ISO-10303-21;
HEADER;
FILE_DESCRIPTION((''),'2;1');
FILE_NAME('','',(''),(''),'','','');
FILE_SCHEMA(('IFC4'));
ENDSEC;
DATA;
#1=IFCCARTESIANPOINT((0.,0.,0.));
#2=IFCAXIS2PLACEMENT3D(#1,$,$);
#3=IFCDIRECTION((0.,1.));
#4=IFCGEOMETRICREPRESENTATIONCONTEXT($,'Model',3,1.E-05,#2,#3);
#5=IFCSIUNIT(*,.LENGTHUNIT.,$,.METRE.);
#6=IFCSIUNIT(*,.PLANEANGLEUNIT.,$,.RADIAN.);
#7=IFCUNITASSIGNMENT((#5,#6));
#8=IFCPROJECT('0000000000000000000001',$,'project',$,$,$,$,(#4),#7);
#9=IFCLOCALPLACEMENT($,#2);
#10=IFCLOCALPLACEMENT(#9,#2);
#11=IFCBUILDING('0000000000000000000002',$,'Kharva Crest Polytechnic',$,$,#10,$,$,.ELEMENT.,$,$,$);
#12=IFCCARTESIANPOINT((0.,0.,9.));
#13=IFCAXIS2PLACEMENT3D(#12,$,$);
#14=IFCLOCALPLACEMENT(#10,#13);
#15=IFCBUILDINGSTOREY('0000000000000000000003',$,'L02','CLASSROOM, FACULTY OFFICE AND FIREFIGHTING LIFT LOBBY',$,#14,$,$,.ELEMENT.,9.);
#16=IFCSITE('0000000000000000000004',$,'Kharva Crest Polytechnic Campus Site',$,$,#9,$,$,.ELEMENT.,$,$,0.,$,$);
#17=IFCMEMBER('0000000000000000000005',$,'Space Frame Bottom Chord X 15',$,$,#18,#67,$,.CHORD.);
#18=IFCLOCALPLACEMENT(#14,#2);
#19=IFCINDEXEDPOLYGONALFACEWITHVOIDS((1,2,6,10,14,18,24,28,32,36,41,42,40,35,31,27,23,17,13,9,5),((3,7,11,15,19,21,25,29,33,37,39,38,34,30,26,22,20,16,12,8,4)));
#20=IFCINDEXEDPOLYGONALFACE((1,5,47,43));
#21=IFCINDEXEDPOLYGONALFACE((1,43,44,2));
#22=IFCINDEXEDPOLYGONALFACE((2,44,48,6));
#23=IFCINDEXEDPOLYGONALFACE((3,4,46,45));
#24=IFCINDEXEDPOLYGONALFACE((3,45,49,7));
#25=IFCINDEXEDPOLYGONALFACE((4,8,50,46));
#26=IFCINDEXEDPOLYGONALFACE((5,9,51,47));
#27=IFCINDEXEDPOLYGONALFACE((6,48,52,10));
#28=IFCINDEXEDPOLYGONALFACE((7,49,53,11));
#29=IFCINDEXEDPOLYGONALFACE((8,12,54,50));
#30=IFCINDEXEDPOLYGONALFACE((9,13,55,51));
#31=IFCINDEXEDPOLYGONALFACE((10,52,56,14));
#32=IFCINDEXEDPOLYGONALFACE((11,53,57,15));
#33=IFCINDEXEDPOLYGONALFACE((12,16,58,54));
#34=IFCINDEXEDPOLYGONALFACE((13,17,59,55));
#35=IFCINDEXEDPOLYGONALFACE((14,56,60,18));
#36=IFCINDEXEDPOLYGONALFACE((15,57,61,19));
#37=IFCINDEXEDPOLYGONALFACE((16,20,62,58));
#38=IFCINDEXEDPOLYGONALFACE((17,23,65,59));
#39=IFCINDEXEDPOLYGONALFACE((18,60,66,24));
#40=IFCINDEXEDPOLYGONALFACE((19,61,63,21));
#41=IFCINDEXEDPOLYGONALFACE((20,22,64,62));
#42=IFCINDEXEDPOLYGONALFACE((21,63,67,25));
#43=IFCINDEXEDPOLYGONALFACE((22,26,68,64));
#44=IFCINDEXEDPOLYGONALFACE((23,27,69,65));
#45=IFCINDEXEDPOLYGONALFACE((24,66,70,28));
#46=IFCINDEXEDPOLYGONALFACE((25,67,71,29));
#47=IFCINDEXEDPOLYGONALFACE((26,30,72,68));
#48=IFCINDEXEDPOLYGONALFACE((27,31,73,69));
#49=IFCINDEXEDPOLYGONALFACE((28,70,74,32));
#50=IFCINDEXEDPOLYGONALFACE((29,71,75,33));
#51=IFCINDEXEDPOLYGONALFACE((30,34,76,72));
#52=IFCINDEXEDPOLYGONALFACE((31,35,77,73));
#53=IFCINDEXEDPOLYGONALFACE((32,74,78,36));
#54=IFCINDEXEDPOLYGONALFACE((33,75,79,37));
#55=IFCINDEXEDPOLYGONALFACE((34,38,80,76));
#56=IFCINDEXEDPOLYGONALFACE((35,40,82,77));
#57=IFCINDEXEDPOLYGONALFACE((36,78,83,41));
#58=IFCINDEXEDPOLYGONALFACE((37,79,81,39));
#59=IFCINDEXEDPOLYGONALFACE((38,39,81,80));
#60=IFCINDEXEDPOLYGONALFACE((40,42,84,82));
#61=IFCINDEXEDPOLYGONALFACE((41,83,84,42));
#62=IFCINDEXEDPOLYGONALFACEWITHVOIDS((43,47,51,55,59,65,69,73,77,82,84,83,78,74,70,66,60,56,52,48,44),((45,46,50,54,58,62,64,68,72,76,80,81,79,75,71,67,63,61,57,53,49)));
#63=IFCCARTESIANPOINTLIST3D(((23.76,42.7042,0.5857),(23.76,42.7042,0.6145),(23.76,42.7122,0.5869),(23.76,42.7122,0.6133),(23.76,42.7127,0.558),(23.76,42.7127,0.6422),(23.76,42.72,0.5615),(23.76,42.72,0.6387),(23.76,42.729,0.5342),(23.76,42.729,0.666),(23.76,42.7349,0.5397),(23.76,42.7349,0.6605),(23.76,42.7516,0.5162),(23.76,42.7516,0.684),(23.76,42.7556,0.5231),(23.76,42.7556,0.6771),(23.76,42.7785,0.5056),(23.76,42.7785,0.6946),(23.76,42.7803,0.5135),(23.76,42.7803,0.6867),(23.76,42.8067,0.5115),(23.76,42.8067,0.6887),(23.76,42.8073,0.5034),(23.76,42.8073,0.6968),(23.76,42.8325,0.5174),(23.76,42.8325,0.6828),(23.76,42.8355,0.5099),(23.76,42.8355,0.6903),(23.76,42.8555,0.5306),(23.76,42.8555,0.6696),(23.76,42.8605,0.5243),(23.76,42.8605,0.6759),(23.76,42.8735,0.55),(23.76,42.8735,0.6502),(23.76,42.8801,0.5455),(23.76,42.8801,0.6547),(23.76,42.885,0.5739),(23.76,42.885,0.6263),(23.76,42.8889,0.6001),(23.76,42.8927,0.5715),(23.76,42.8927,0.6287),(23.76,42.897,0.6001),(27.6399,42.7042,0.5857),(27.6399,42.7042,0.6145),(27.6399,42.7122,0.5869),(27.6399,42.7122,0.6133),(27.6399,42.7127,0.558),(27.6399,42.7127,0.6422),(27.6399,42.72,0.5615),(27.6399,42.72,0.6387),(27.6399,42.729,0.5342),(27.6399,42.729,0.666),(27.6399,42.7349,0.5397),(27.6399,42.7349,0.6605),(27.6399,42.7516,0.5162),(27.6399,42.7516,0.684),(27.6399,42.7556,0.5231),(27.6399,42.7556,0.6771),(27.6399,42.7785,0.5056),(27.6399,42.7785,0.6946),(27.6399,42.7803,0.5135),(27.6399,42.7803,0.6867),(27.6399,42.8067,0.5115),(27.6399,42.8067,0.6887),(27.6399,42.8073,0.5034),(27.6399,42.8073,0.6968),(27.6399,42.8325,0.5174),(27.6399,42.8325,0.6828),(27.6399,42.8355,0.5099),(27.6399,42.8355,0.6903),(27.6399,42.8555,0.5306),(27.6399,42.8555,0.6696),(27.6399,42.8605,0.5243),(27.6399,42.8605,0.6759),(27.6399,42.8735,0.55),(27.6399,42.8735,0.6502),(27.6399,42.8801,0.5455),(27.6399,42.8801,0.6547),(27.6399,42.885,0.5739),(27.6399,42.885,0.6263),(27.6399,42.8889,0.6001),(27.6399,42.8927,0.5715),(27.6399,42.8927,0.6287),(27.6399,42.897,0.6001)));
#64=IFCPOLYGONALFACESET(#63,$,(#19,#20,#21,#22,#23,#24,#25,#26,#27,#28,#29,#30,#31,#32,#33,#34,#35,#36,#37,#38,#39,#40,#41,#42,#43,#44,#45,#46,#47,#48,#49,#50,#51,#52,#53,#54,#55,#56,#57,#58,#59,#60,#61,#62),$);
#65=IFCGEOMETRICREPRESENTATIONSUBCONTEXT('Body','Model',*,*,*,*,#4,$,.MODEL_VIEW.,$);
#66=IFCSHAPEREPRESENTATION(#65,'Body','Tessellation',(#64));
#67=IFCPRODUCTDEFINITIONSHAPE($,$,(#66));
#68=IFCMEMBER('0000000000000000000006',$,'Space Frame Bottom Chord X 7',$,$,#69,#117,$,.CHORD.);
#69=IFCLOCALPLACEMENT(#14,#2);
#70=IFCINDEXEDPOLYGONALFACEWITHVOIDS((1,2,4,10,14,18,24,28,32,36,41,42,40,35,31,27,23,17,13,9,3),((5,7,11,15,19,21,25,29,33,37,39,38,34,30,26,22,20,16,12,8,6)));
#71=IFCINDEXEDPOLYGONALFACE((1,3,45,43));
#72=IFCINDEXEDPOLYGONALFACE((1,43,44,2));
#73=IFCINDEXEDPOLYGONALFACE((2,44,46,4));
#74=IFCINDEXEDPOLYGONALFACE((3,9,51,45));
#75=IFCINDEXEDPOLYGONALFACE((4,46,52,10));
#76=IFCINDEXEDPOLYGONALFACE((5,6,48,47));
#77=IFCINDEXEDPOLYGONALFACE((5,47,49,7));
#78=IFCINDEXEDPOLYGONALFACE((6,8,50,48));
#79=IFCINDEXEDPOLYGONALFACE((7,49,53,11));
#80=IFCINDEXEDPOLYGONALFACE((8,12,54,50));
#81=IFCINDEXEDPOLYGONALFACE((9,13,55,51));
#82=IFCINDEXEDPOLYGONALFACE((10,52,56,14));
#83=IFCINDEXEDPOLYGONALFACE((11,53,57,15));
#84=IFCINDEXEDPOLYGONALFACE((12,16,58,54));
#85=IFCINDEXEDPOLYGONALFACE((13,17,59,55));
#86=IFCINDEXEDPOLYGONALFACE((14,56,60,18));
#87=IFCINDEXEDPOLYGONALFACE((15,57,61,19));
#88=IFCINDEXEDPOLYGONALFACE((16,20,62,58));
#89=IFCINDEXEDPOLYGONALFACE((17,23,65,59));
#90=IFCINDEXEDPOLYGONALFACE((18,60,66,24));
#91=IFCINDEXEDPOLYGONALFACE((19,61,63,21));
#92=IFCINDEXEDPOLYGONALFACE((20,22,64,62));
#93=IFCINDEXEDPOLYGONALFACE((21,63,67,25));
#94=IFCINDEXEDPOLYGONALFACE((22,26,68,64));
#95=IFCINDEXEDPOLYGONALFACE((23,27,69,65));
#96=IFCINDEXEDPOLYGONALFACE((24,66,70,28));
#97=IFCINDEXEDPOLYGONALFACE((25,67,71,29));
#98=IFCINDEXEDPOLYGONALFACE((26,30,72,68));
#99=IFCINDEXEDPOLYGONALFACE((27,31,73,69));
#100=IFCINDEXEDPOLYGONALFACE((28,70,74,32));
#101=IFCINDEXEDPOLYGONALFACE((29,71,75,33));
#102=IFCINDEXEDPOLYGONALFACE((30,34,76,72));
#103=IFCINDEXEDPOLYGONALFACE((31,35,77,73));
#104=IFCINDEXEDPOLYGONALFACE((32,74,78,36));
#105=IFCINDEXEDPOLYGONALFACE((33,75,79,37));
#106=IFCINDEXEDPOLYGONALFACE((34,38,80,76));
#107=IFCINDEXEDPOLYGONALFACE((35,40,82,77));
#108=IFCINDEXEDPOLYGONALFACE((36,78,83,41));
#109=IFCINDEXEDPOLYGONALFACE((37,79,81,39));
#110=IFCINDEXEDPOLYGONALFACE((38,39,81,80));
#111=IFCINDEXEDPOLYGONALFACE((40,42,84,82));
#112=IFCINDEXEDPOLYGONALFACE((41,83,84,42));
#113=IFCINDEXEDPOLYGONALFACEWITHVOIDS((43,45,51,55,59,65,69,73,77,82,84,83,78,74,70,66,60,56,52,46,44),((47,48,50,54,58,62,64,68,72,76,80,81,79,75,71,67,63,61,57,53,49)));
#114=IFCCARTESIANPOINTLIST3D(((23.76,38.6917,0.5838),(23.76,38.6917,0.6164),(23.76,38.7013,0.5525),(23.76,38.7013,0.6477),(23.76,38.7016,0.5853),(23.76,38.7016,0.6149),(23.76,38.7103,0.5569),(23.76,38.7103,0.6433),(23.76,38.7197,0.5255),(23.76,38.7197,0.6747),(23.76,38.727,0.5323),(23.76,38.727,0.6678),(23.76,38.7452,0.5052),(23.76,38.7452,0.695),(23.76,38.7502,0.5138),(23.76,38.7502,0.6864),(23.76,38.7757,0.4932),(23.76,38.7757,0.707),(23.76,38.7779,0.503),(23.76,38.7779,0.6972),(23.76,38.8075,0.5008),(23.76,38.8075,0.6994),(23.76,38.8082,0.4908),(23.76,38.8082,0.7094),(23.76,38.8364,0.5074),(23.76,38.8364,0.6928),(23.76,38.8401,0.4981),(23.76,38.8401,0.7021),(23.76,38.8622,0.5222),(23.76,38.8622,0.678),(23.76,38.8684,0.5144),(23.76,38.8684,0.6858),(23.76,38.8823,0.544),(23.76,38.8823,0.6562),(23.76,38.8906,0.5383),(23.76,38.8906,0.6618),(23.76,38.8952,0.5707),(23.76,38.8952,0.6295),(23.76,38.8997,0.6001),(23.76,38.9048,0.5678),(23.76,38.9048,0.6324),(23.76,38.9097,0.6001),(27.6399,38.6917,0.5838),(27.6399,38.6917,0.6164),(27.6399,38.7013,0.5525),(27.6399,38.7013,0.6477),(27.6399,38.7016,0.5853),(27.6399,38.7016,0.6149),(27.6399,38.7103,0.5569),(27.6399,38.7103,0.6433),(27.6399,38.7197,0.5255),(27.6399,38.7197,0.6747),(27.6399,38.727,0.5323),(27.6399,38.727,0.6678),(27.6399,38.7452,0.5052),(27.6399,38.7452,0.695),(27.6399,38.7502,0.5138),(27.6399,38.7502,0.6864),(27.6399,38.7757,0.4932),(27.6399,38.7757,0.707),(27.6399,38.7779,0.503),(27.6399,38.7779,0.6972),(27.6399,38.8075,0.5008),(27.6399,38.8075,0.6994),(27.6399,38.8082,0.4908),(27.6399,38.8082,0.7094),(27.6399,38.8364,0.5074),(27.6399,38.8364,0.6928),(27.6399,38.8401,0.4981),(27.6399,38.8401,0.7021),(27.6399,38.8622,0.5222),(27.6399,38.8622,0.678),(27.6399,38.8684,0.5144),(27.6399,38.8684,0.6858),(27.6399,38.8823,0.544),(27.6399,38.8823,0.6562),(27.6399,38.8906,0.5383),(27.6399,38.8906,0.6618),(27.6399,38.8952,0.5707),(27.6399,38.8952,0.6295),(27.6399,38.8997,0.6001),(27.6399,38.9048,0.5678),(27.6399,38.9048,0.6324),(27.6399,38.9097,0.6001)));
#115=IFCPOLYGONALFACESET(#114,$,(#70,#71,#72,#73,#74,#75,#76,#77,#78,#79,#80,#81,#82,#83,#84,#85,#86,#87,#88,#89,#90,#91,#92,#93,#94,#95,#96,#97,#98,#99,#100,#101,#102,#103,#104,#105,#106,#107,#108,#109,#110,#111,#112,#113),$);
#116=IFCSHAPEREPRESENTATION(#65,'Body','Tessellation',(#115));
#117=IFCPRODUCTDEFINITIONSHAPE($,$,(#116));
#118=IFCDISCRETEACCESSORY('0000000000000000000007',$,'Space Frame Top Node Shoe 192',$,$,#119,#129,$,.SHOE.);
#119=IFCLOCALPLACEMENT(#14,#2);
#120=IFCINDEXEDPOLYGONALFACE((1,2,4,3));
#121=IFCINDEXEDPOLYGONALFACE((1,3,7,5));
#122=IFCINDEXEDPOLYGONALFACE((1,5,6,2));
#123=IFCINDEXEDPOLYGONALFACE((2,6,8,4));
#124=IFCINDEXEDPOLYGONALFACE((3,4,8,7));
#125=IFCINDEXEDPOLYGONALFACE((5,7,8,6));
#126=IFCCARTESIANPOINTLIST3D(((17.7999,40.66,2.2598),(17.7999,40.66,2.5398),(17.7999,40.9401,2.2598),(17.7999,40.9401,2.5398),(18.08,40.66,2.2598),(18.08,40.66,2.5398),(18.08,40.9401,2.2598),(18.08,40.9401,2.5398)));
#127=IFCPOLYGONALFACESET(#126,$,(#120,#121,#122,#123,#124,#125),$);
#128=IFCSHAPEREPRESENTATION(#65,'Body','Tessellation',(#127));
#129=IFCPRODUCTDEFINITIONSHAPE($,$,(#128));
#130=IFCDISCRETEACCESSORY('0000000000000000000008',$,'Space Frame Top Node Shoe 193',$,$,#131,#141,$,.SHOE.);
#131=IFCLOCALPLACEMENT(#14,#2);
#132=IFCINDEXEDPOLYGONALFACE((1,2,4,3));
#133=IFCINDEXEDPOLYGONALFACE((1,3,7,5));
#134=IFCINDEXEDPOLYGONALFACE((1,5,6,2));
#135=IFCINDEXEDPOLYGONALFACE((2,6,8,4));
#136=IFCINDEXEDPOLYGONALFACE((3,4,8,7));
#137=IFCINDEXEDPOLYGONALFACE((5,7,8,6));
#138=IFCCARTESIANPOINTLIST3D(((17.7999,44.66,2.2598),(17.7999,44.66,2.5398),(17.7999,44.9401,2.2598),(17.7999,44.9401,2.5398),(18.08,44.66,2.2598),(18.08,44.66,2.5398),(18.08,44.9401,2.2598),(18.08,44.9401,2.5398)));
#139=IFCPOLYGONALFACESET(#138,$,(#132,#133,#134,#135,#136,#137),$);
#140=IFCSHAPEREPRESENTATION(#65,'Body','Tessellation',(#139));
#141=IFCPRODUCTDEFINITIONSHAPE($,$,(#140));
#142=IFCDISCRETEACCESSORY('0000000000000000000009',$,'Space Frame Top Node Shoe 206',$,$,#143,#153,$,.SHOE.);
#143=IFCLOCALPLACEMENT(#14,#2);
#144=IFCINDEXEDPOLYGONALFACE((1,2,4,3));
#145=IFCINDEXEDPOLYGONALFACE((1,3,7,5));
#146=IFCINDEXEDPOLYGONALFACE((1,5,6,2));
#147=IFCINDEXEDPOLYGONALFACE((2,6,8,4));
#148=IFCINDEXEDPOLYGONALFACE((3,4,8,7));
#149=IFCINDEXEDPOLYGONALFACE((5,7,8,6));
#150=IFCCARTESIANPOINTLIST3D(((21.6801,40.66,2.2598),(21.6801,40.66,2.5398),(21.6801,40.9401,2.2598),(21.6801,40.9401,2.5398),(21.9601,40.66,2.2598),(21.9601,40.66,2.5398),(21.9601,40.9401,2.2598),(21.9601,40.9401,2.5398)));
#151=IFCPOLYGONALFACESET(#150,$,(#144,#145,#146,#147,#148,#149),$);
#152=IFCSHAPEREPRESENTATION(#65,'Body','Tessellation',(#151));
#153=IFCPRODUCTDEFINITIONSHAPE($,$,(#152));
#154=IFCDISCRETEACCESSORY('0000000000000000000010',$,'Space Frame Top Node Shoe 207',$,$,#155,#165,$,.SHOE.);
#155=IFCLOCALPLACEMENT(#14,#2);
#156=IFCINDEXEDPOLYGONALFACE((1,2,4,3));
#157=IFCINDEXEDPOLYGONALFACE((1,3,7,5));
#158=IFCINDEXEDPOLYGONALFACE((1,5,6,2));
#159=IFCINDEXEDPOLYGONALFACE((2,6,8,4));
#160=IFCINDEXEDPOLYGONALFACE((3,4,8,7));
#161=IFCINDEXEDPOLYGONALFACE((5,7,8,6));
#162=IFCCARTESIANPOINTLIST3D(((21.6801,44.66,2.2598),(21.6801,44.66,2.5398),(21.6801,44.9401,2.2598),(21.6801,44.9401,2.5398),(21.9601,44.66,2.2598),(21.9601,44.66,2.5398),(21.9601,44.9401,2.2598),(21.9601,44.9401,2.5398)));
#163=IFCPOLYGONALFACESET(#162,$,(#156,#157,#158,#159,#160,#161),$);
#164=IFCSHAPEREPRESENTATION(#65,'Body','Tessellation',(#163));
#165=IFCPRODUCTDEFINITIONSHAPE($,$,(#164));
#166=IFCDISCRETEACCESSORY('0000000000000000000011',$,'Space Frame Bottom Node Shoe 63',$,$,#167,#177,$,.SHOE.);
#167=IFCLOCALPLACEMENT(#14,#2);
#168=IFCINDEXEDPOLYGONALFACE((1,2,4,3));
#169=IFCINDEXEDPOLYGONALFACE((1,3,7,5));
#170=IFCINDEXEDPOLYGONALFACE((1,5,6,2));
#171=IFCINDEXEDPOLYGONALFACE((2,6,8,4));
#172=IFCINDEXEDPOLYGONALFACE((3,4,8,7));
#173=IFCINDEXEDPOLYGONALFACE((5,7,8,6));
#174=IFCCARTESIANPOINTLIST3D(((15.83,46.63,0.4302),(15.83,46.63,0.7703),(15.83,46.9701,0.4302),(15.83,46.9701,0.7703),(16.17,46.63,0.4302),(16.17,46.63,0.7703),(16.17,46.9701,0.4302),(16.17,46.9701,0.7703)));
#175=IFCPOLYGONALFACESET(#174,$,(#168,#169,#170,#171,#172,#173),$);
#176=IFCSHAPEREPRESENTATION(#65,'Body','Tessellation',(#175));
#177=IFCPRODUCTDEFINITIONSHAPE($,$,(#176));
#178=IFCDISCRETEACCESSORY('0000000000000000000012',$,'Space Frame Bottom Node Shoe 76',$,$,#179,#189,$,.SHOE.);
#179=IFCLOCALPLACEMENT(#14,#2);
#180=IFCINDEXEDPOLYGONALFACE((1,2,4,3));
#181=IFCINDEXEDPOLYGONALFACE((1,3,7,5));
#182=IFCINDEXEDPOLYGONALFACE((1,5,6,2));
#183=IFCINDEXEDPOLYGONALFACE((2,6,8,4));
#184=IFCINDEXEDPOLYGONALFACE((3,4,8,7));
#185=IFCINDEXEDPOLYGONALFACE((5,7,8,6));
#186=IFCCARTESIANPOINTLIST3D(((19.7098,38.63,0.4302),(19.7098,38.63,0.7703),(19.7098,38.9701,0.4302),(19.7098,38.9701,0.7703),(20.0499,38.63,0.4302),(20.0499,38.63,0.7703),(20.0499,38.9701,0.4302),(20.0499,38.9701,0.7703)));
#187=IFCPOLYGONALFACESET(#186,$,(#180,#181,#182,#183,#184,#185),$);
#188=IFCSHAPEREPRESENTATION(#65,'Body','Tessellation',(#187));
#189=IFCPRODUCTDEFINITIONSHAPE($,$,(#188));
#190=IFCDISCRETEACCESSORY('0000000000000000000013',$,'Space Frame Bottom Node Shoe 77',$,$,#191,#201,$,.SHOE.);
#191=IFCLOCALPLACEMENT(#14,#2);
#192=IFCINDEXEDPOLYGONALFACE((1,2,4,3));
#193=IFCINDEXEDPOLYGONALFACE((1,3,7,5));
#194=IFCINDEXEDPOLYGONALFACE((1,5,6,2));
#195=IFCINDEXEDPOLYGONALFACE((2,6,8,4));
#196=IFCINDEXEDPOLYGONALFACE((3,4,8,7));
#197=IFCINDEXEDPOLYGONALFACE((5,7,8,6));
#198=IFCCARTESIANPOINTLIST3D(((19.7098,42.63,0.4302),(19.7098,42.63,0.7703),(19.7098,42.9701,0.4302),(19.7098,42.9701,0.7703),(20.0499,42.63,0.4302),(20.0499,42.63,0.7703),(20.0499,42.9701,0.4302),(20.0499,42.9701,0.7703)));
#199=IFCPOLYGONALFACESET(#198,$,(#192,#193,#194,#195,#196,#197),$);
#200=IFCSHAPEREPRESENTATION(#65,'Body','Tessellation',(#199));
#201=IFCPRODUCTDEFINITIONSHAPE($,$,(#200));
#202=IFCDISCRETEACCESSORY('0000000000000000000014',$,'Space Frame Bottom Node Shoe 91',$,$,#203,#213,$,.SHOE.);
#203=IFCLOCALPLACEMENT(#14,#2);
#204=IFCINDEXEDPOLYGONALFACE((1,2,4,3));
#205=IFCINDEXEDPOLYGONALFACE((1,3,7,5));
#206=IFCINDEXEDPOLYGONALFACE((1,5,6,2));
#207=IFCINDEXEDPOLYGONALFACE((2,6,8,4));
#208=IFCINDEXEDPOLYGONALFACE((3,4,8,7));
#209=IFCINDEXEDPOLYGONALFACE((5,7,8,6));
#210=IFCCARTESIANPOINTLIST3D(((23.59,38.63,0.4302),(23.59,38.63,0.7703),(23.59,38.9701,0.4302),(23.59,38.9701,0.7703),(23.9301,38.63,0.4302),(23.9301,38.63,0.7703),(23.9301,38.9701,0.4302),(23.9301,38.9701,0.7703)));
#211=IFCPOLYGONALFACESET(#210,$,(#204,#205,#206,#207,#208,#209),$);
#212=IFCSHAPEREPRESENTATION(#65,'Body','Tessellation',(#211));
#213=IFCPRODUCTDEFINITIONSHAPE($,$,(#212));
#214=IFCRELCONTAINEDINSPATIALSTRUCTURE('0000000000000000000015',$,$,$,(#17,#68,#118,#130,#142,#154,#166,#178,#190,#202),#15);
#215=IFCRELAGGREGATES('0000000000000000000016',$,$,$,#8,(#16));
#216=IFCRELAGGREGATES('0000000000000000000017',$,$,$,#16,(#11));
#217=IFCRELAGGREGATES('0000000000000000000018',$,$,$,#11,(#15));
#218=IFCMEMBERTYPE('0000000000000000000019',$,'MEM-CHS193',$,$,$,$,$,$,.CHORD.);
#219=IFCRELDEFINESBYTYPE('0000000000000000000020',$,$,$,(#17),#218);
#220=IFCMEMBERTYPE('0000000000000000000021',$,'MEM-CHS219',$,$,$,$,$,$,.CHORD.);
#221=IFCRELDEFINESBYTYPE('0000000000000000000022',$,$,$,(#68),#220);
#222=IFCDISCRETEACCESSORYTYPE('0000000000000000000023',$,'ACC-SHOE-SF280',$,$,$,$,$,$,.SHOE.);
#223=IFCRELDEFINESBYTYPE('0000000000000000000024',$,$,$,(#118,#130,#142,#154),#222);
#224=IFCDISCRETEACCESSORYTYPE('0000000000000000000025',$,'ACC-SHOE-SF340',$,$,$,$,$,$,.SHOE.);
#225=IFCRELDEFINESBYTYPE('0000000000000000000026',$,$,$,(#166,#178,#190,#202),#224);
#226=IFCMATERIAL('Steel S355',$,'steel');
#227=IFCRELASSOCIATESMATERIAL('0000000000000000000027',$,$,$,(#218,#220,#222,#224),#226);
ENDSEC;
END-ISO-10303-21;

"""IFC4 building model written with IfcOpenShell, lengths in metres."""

from ifc_helpers import new_model, si_unit, direction, frame, origin, origin_2d, place, context, subcontext, project, spatial, rectangle, hollow_circle, extrude, material, material_profile, profile_set, type_object, element, save


model = new_model("IFC4")

# Units and contexts
model_context = context("Model", 3, precision=1e-05, world=origin(), true_north=direction((0.0, 1.0)))
body_context = subcontext(model_context, "Body", "Model", "MODEL_VIEW")
ifc_project = project(units=[si_unit("LENGTHUNIT", "METRE"), si_unit("PLANEANGLEUNIT", "RADIAN")], contexts=[model_context])

# Site, building, storey
site_placement = place(None, origin())
site = spatial("IfcSite", under=ifc_project, at=site_placement, Name="Kharva Crest Polytechnic Campus Site", CompositionType="ELEMENT", RefElevation=0.0)
building_placement = place(site_placement, origin())
building = spatial("IfcBuilding", under=site, at=building_placement, Name="Kharva Crest Polytechnic", CompositionType="ELEMENT")
storey_placement = place(building_placement, frame((0.0, 0.0, 9.0)))
storey = spatial("IfcBuildingStorey", under=building, at=storey_placement, Name="L02", Description="CLASSROOM, FACULTY OFFICE AND FIREFIGHTING LIFT LOBBY", CompositionType="ELEMENT", Elevation=9.0)

# Members
ifc_material = material(Name="Steel S355", Category="steel")
ifc_material_profile_1 = material_profile(ifc_material, hollow_circle(Radius=0.0969, WallThickness=0.0081, at=origin_2d()), Name="CHS 193.7X8.0")
ifc_profile_set_1 = profile_set([ifc_material_profile_1], Name="Steel S355")
member_type_1 = type_object("IfcMemberType", Name="MEM-CHS193", PredefinedType="CHORD", material=ifc_profile_set_1)
member_1_placement = place(storey_placement, frame((23.76, 42.8, 0.6001), z_axis=(1.0, 0.0, 0.0), x_axis=(0.0, 1.0, 0.0)))
element("IfcMember", 1, at=member_1_placement, inside=storey, type_object=member_type_1, Name="Space Frame Bottom Chord X 15", PredefinedType="CHORD", context=body_context, shape_type="SweptSolid", body=[
    extrude(hollow_circle(Radius=0.0969, WallThickness=0.0081, at=origin_2d()), origin(), (0.0, 0.0, 1.0), 3.8799),
])
ifc_material_profile_2 = material_profile(ifc_material, hollow_circle(Radius=0.1096, WallThickness=0.01, at=origin_2d()), Name="CHS 219.1X10.0")
ifc_profile_set_2 = profile_set([ifc_material_profile_2], Name="Steel S355")
member_type_2 = type_object("IfcMemberType", Name="MEM-CHS219", PredefinedType="CHORD", material=ifc_profile_set_2)
member_2_placement = place(storey_placement, frame((23.76, 38.8, 0.6001), z_axis=(1.0, 0.0, 0.0), x_axis=(0.0, 1.0, 0.0)))
element("IfcMember", 2, at=member_2_placement, inside=storey, type_object=member_type_2, Name="Space Frame Bottom Chord X 7", PredefinedType="CHORD", context=body_context, shape_type="SweptSolid", body=[
    extrude(hollow_circle(Radius=0.1096, WallThickness=0.01, at=origin_2d()), origin(), (0.0, 0.0, 1.0), 3.8799),
])

# Discrete accessories
discrete_accessory_type_1 = type_object("IfcDiscreteAccessoryType", Name="ACC-SHOE-SF280", PredefinedType="SHOE", material=ifc_material)
for number, where, z_axis, x_axis, name in (
    (3, (17.9399, 40.8, 2.2598), (0.0, 0.0, 1.0), (1.0, 0.0, 0.0), "Space Frame Top Node Shoe 192"),
    (4, (17.9399, 44.8, 2.2598), (0.0, 0.0, 1.0), (1.0, 0.0, 0.0), "Space Frame Top Node Shoe 193"),
    (5, (21.8201, 40.8, 2.2598), (0.0, 0.0, 1.0), (1.0, 0.0, 0.0), "Space Frame Top Node Shoe 206"),
    (6, (21.8201, 44.8, 2.2598), (0.0, 0.0, 1.0), (1.0, 0.0, 0.0), "Space Frame Top Node Shoe 207"),
):
    element("IfcDiscreteAccessory", number, at=place(storey_placement, frame(where, z_axis=z_axis, x_axis=x_axis)), inside=storey, type_object=discrete_accessory_type_1, Name=name, PredefinedType="SHOE", context=body_context, shape_type="SweptSolid", body=[
        extrude(rectangle(XDim=0.28, YDim=0.28, at=origin_2d()), origin(), (0.0, 0.0, 1.0), 0.28),
    ])
discrete_accessory_type_2 = type_object("IfcDiscreteAccessoryType", Name="ACC-SHOE-SF340", PredefinedType="SHOE", material=ifc_material)
for number, where, z_axis, x_axis, name in (
    (7, (16.0, 46.8, 0.4302), (0.0, 0.0, 1.0), (1.0, 0.0, 0.0), "Space Frame Bottom Node Shoe 63"),
    (8, (19.8799, 38.8, 0.4302), (0.0, 0.0, 1.0), (1.0, 0.0, 0.0), "Space Frame Bottom Node Shoe 76"),
    (9, (19.8799, 42.8, 0.4302), (0.0, 0.0, 1.0), (1.0, 0.0, 0.0), "Space Frame Bottom Node Shoe 77"),
    (10, (23.76, 38.8, 0.4302), (0.0, 0.0, 1.0), (1.0, 0.0, 0.0), "Space Frame Bottom Node Shoe 91"),
):
    element("IfcDiscreteAccessory", number, at=place(storey_placement, frame(where, z_axis=z_axis, x_axis=x_axis)), inside=storey, type_object=discrete_accessory_type_2, Name=name, PredefinedType="SHOE", context=body_context, shape_type="SweptSolid", body=[
        extrude(rectangle(XDim=0.3401, YDim=0.3401, at=origin_2d()), origin(), (0.0, 0.0, 1.0), 0.3401),
    ])

save(model, "model.ifc")
